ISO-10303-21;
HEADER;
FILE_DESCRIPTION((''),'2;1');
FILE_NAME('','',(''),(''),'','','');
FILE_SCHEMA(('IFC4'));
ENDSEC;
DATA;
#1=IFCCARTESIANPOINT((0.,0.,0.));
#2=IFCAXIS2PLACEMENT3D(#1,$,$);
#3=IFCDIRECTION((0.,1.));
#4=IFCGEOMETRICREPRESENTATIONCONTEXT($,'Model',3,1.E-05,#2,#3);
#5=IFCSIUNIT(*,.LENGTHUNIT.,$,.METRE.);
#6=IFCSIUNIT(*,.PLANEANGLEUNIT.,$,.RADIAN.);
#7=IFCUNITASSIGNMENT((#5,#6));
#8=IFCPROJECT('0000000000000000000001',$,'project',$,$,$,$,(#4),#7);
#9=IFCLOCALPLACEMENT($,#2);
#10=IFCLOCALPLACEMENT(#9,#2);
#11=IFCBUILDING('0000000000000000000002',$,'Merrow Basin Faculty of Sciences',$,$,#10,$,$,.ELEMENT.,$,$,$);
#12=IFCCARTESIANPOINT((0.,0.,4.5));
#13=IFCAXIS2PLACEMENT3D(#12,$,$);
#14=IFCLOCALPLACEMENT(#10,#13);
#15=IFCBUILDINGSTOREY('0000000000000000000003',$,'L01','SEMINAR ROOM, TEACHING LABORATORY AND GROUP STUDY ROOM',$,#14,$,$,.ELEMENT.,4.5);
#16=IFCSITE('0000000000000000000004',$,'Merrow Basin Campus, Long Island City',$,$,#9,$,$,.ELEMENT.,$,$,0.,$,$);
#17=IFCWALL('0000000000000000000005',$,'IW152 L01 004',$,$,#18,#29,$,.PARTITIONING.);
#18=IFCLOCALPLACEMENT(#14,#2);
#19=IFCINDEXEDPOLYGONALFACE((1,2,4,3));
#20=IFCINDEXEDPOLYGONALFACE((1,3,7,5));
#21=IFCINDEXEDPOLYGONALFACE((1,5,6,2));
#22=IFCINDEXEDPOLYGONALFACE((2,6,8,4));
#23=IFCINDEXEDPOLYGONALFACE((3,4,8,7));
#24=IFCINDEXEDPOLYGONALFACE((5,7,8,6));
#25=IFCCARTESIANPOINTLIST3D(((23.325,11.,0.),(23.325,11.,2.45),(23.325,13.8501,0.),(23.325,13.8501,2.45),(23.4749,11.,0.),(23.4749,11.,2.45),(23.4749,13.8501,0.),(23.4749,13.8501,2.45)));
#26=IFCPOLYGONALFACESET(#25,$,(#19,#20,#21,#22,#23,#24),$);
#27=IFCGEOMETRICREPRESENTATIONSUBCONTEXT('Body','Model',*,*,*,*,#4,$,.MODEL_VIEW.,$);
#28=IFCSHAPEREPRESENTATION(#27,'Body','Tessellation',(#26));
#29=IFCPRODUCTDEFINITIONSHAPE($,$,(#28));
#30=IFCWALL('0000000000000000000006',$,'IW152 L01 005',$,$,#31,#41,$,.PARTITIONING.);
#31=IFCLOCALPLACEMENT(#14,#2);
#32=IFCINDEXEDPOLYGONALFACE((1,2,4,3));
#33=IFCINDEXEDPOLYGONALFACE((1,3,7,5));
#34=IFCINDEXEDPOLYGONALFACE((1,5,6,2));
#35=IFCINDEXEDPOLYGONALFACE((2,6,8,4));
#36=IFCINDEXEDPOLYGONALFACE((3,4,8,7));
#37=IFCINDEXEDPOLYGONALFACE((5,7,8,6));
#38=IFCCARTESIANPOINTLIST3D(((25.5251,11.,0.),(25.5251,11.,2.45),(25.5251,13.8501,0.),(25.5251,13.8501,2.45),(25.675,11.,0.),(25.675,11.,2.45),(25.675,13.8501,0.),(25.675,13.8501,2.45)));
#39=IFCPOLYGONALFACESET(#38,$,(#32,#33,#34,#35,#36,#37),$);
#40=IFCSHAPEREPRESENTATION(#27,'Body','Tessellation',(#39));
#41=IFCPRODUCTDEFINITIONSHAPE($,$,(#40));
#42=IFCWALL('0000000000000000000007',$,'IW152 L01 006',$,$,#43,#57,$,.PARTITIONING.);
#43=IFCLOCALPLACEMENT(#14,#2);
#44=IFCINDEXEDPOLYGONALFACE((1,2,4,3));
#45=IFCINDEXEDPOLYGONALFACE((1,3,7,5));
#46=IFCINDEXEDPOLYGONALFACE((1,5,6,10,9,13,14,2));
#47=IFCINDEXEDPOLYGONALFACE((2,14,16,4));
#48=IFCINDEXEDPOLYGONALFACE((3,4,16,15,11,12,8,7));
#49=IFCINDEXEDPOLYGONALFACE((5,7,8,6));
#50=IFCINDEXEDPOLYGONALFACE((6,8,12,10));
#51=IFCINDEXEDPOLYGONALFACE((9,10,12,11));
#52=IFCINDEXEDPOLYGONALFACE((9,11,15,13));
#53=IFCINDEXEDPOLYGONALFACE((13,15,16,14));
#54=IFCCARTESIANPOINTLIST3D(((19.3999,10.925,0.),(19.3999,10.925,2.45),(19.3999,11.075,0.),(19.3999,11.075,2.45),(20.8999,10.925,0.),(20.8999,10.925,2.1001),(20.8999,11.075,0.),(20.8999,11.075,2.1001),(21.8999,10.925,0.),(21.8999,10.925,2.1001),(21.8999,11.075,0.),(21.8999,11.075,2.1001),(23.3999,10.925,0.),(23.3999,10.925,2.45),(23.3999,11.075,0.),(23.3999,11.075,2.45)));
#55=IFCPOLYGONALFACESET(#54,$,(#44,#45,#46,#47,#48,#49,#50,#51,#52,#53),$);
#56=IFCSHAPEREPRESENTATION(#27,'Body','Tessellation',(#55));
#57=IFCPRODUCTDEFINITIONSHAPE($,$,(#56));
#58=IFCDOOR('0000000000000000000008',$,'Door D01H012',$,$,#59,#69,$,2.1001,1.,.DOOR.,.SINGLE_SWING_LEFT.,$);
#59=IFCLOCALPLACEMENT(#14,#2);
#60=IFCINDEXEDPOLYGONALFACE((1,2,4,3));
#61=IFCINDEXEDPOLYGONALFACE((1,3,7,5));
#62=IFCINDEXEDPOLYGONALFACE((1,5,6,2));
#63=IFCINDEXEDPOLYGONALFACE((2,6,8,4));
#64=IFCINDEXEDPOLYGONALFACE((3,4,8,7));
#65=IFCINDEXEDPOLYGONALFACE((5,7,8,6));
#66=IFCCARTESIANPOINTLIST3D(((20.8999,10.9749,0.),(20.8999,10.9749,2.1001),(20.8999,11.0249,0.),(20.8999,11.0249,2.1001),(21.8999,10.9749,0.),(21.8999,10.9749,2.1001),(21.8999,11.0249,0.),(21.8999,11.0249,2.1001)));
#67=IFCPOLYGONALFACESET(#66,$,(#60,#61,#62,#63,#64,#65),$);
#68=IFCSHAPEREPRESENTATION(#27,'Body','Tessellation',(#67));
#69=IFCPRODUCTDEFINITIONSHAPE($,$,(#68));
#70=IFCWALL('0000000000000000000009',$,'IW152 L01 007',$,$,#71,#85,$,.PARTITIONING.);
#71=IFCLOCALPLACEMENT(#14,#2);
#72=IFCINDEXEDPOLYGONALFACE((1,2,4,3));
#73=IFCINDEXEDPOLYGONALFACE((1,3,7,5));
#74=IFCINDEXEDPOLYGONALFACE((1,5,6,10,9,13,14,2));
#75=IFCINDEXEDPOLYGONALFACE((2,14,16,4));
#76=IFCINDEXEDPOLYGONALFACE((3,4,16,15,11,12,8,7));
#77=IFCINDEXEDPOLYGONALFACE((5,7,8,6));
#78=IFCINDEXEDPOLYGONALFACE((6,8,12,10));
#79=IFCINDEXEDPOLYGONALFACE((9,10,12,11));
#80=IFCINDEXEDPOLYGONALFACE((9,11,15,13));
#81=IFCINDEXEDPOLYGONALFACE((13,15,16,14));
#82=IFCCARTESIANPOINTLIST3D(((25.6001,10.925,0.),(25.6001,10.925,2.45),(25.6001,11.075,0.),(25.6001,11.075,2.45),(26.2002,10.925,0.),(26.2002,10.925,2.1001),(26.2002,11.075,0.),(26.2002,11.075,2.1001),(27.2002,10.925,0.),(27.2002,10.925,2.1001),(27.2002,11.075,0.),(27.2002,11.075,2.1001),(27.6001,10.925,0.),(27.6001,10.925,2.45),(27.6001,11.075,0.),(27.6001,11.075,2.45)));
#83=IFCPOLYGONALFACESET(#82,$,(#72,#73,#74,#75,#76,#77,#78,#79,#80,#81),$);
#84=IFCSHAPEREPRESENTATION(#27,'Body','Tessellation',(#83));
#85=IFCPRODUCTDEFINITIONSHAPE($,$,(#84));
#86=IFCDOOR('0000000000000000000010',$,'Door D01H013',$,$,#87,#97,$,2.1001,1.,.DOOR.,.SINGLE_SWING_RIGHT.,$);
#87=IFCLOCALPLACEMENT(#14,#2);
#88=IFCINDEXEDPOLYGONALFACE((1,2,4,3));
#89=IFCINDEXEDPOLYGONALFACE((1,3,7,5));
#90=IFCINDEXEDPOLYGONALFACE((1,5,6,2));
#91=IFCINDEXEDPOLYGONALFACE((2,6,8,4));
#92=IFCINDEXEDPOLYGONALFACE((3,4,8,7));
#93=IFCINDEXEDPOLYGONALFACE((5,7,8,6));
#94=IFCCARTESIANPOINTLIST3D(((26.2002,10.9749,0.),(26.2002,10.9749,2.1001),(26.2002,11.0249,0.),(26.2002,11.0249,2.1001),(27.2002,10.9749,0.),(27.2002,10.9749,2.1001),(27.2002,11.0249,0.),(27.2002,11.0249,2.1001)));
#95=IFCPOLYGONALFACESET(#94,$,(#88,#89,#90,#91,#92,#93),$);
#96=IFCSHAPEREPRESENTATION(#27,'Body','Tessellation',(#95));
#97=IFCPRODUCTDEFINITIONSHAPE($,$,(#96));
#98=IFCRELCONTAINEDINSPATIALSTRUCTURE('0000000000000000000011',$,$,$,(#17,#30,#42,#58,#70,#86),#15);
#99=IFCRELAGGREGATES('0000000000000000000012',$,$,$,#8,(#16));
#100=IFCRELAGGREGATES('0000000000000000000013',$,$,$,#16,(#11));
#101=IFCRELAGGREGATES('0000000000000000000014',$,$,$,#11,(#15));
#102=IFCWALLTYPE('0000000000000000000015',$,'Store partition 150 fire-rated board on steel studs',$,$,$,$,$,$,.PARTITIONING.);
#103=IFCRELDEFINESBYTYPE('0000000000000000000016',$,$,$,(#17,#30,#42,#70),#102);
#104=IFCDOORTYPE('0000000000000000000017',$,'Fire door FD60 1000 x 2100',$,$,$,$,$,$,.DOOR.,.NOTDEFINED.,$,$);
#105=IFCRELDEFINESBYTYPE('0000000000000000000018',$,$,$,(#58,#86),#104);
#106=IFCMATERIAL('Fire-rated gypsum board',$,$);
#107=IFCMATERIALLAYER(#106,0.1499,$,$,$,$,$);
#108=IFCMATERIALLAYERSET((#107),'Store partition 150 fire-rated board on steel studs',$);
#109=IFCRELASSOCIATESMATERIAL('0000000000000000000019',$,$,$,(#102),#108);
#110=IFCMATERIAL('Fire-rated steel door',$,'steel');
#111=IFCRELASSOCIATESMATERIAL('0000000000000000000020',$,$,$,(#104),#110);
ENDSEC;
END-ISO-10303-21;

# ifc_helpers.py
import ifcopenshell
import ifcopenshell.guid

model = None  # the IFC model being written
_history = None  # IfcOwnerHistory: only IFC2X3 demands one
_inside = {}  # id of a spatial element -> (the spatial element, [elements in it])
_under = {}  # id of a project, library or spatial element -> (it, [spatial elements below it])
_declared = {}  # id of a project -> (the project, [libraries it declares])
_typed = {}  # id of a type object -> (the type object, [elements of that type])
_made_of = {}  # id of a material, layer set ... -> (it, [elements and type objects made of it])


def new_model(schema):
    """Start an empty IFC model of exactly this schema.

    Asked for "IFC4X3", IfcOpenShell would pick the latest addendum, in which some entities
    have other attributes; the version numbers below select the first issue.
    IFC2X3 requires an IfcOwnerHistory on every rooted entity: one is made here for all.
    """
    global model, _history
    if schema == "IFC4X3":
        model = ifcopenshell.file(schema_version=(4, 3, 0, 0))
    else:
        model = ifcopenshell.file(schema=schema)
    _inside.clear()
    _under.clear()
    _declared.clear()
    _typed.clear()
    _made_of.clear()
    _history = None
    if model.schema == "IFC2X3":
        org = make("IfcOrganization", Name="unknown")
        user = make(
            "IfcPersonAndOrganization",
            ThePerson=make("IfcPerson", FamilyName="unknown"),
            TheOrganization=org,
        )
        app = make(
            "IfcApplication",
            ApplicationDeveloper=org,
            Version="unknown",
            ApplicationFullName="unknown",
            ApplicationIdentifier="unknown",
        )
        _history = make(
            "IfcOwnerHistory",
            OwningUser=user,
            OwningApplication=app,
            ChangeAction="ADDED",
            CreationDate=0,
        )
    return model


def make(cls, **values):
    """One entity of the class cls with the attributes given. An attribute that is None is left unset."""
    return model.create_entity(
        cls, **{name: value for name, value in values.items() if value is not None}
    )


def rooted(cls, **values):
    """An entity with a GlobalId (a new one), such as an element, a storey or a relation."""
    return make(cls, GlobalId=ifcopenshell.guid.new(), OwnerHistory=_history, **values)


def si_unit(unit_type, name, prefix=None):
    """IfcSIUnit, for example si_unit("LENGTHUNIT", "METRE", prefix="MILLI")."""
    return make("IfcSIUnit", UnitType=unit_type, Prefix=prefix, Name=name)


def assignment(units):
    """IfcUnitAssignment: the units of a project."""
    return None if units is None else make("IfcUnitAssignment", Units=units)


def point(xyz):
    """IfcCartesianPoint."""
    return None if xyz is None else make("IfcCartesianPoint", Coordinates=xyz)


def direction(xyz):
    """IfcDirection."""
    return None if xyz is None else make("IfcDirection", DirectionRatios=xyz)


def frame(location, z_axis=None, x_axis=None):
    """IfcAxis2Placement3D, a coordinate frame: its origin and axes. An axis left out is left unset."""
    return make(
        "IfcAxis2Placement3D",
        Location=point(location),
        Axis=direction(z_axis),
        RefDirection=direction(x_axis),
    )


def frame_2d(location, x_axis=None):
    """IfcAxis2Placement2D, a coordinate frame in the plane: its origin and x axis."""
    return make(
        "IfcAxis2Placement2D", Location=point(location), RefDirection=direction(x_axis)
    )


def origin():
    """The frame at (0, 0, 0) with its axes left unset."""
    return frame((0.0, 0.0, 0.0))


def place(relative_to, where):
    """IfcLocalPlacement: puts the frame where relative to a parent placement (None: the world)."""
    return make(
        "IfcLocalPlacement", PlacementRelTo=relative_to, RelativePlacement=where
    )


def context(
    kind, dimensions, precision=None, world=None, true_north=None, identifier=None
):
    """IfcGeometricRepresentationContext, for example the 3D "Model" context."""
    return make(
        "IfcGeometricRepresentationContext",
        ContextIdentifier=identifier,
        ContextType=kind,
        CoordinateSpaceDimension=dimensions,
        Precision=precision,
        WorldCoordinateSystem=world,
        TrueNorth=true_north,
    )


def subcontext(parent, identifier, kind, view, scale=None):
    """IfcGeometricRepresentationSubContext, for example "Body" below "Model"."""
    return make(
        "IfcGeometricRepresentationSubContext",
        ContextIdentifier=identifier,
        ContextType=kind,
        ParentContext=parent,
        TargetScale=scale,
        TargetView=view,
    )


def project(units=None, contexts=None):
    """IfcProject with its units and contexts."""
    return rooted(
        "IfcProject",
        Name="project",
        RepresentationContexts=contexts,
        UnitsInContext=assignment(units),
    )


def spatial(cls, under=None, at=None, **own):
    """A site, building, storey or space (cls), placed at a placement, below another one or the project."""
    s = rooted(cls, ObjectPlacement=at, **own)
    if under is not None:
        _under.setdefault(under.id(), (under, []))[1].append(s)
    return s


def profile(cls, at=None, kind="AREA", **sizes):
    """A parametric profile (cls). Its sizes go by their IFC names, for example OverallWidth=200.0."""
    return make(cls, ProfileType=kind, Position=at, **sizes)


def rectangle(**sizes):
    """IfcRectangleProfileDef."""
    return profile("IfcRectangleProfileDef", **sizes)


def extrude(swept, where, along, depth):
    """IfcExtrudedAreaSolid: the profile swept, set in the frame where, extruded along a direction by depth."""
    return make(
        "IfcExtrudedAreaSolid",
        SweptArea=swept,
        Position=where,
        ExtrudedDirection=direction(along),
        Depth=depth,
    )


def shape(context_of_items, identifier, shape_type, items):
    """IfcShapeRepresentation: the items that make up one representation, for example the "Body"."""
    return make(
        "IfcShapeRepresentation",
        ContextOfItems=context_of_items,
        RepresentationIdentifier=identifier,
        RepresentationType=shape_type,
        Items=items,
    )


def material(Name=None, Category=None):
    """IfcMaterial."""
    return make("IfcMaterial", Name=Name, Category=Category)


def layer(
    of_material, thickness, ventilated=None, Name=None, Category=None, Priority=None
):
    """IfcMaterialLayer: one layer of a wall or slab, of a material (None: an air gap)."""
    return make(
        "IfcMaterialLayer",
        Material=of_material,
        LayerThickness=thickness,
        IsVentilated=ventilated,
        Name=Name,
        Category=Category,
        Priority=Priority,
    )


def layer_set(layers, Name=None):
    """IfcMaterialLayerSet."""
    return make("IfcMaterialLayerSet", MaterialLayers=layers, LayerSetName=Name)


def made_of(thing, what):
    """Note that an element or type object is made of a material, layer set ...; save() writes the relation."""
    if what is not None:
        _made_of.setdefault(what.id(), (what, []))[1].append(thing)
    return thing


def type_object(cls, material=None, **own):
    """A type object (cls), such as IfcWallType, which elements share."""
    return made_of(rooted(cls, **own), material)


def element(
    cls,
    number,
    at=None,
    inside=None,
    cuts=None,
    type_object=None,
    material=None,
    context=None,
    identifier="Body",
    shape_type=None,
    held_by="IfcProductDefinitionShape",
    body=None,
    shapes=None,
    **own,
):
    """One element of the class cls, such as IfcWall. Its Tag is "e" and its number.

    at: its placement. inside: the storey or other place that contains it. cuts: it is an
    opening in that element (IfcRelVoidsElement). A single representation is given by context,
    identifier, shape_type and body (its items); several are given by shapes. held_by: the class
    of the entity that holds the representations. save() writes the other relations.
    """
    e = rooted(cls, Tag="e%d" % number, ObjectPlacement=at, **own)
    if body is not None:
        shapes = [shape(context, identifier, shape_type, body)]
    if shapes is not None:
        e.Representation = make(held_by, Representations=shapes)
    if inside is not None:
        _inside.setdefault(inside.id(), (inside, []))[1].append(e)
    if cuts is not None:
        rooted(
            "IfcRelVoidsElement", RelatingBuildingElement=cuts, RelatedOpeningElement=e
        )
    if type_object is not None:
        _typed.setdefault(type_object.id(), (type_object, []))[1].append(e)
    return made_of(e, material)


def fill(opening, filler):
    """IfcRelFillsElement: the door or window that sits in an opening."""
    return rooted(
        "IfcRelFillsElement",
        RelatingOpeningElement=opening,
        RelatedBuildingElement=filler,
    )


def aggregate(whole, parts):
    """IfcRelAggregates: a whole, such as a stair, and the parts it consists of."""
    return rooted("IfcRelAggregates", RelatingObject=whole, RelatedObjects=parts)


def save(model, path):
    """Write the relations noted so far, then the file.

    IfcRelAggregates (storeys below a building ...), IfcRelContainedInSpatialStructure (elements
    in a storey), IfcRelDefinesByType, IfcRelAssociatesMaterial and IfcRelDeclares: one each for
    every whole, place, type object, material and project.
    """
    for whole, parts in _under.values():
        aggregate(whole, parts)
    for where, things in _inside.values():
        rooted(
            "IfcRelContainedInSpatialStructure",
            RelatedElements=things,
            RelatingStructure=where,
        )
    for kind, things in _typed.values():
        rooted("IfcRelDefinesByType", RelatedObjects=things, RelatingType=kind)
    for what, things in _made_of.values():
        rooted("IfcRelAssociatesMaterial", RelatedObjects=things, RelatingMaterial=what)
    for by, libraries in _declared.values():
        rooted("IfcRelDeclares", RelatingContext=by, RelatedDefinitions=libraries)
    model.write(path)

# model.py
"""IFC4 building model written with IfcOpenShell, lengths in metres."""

from ifc_helpers import new_model, si_unit, direction, frame, frame_2d, origin, place, context, subcontext, project, spatial, rectangle, extrude, material, layer, layer_set, type_object, element, fill, save


model = new_model("IFC4")

# Units and contexts
model_context = context("Model", 3, precision=1e-05, world=origin(), true_north=direction((0.0, 1.0)))
body_context = subcontext(model_context, "Body", "Model", "MODEL_VIEW")
ifc_project = project(units=[si_unit("LENGTHUNIT", "METRE"), si_unit("PLANEANGLEUNIT", "RADIAN")], contexts=[model_context])

# Site, building, storey
site_placement = place(None, origin())
site = spatial("IfcSite", under=ifc_project, at=site_placement, Name="Merrow Basin Campus, Long Island City", CompositionType="ELEMENT", RefElevation=0.0)
building_placement = place(site_placement, origin())
building = spatial("IfcBuilding", under=site, at=building_placement, Name="Merrow Basin Faculty of Sciences", CompositionType="ELEMENT")
storey_placement = place(building_placement, frame((0.0, 0.0, 4.5)))
storey = spatial("IfcBuildingStorey", under=building, at=storey_placement, Name="L01", Description="SEMINAR ROOM, TEACHING LABORATORY AND GROUP STUDY ROOM", CompositionType="ELEMENT", Elevation=4.5)

# Walls
ifc_material_1 = material(Name="Fire-rated gypsum board")
ifc_layer_1 = layer(ifc_material_1, 0.1499)
ifc_layer_set_1 = layer_set([ifc_layer_1], Name="Store partition 150 fire-rated board on steel studs")
wall_type_1 = type_object("IfcWallType", Name="Store partition 150 fire-rated board on steel studs", PredefinedType="PARTITIONING", material=ifc_layer_set_1)
for number, where, z_axis, x_axis, name in (
    (1, (23.3999, 11.0, 0.0), (0.0, 0.0, 1.0), (0.0, 1.0, 0.0), "IW152 L01 004"),
    (2, (25.6001, 11.0, 0.0), (0.0, 0.0, 1.0), (0.0, 1.0, 0.0), "IW152 L01 005"),
):
    element("IfcWall", number, at=place(storey_placement, frame(where, z_axis=z_axis, x_axis=x_axis)), inside=storey, type_object=wall_type_1, Name=name, PredefinedType="PARTITIONING", context=body_context, shape_type="SweptSolid", body=[
        extrude(rectangle(XDim=2.8501, YDim=0.1499, at=frame_2d((1.425, 0.0))), origin(), (0.0, 0.0, 1.0), 2.45),
    ])

# Walls, openings, doors
wall_1_placement = place(storey_placement, frame((19.3999, 11.0, 0.0), z_axis=(0.0, 0.0, 1.0), x_axis=(1.0, 0.0, 0.0)))
wall_1 = element("IfcWall", 3, at=wall_1_placement, inside=storey, type_object=wall_type_1, Name="IW152 L01 006", PredefinedType="PARTITIONING", context=body_context, shape_type="SweptSolid", body=[
    extrude(rectangle(XDim=4.0, YDim=0.1499, at=frame_2d((2.0, 0.0))), origin(), (0.0, 0.0, 1.0), 2.45),
])
opening_1_placement = place(wall_1_placement, frame((1.5, 0.0, 0.0)))
opening_1 = element("IfcOpeningElement", 4, at=opening_1_placement, cuts=wall_1, PredefinedType="OPENING", context=body_context, shape_type="SweptSolid", body=[
    extrude(rectangle(XDim=1.0, YDim=2.1001, at=frame_2d((0.5, 1.05))), frame((0.0, 0.085, 0.0), z_axis=(0.0, -1.0, 0.0), x_axis=(1.0, 0.0, 0.0)), (0.0, 0.0, 1.0), 0.1699),
])
ifc_material_2 = material(Name="Fire-rated steel door", Category="steel")
door_type_1 = type_object("IfcDoorType", Name="Fire door FD60 1000 x 2100", OperationType="NOTDEFINED", PredefinedType="DOOR", material=ifc_material_2)
door_1_placement = place(opening_1_placement, origin())
door_1 = element("IfcDoor", 5, at=door_1_placement, inside=storey, type_object=door_type_1, Name="Door D01H012", OperationType="SINGLE_SWING_LEFT", OverallHeight=2.1001, OverallWidth=1.0, PredefinedType="DOOR", context=body_context, shape_type="SweptSolid", body=[
    extrude(rectangle(XDim=1.0, YDim=2.1001, at=frame_2d((0.5, 1.05))), frame((0.0, 0.0249, 0.0), z_axis=(0.0, -1.0, 0.0), x_axis=(1.0, 0.0, 0.0)), (0.0, 0.0, 1.0), 0.05),
])
fill(opening_1, door_1)
wall_2_placement = place(storey_placement, frame((25.6001, 11.0, 0.0), z_axis=(0.0, 0.0, 1.0), x_axis=(1.0, 0.0, 0.0)))
wall_2 = element("IfcWall", 6, at=wall_2_placement, inside=storey, type_object=wall_type_1, Name="IW152 L01 007", PredefinedType="PARTITIONING", context=body_context, shape_type="SweptSolid", body=[
    extrude(rectangle(XDim=2.0, YDim=0.1499, at=frame_2d((1.0, 0.0))), origin(), (0.0, 0.0, 1.0), 2.45),
])
opening_2_placement = place(wall_2_placement, frame((0.6001, 0.0, 0.0)))
opening_2 = element("IfcOpeningElement", 7, at=opening_2_placement, cuts=wall_2, PredefinedType="OPENING", context=body_context, shape_type="SweptSolid", body=[
    extrude(rectangle(XDim=1.0, YDim=2.1001, at=frame_2d((0.5, 1.05))), frame((0.0, 0.085, 0.0), z_axis=(0.0, -1.0, 0.0), x_axis=(1.0, 0.0, 0.0)), (0.0, 0.0, 1.0), 0.1699),
])
door_2_placement = place(opening_2_placement, origin())
door_2 = element("IfcDoor", 8, at=door_2_placement, inside=storey, type_object=door_type_1, Name="Door D01H013", OperationType="SINGLE_SWING_RIGHT", OverallHeight=2.1001, OverallWidth=1.0, PredefinedType="DOOR", context=body_context, shape_type="SweptSolid", body=[
    extrude(rectangle(XDim=1.0, YDim=2.1001, at=frame_2d((0.5, 1.05))), frame((0.0, 0.0249, 0.0), z_axis=(0.0, -1.0, 0.0), x_axis=(1.0, 0.0, 0.0)), (0.0, 0.0, 1.0), 0.05),
])
fill(opening_2, door_2)

save(model, "model.ifc")
